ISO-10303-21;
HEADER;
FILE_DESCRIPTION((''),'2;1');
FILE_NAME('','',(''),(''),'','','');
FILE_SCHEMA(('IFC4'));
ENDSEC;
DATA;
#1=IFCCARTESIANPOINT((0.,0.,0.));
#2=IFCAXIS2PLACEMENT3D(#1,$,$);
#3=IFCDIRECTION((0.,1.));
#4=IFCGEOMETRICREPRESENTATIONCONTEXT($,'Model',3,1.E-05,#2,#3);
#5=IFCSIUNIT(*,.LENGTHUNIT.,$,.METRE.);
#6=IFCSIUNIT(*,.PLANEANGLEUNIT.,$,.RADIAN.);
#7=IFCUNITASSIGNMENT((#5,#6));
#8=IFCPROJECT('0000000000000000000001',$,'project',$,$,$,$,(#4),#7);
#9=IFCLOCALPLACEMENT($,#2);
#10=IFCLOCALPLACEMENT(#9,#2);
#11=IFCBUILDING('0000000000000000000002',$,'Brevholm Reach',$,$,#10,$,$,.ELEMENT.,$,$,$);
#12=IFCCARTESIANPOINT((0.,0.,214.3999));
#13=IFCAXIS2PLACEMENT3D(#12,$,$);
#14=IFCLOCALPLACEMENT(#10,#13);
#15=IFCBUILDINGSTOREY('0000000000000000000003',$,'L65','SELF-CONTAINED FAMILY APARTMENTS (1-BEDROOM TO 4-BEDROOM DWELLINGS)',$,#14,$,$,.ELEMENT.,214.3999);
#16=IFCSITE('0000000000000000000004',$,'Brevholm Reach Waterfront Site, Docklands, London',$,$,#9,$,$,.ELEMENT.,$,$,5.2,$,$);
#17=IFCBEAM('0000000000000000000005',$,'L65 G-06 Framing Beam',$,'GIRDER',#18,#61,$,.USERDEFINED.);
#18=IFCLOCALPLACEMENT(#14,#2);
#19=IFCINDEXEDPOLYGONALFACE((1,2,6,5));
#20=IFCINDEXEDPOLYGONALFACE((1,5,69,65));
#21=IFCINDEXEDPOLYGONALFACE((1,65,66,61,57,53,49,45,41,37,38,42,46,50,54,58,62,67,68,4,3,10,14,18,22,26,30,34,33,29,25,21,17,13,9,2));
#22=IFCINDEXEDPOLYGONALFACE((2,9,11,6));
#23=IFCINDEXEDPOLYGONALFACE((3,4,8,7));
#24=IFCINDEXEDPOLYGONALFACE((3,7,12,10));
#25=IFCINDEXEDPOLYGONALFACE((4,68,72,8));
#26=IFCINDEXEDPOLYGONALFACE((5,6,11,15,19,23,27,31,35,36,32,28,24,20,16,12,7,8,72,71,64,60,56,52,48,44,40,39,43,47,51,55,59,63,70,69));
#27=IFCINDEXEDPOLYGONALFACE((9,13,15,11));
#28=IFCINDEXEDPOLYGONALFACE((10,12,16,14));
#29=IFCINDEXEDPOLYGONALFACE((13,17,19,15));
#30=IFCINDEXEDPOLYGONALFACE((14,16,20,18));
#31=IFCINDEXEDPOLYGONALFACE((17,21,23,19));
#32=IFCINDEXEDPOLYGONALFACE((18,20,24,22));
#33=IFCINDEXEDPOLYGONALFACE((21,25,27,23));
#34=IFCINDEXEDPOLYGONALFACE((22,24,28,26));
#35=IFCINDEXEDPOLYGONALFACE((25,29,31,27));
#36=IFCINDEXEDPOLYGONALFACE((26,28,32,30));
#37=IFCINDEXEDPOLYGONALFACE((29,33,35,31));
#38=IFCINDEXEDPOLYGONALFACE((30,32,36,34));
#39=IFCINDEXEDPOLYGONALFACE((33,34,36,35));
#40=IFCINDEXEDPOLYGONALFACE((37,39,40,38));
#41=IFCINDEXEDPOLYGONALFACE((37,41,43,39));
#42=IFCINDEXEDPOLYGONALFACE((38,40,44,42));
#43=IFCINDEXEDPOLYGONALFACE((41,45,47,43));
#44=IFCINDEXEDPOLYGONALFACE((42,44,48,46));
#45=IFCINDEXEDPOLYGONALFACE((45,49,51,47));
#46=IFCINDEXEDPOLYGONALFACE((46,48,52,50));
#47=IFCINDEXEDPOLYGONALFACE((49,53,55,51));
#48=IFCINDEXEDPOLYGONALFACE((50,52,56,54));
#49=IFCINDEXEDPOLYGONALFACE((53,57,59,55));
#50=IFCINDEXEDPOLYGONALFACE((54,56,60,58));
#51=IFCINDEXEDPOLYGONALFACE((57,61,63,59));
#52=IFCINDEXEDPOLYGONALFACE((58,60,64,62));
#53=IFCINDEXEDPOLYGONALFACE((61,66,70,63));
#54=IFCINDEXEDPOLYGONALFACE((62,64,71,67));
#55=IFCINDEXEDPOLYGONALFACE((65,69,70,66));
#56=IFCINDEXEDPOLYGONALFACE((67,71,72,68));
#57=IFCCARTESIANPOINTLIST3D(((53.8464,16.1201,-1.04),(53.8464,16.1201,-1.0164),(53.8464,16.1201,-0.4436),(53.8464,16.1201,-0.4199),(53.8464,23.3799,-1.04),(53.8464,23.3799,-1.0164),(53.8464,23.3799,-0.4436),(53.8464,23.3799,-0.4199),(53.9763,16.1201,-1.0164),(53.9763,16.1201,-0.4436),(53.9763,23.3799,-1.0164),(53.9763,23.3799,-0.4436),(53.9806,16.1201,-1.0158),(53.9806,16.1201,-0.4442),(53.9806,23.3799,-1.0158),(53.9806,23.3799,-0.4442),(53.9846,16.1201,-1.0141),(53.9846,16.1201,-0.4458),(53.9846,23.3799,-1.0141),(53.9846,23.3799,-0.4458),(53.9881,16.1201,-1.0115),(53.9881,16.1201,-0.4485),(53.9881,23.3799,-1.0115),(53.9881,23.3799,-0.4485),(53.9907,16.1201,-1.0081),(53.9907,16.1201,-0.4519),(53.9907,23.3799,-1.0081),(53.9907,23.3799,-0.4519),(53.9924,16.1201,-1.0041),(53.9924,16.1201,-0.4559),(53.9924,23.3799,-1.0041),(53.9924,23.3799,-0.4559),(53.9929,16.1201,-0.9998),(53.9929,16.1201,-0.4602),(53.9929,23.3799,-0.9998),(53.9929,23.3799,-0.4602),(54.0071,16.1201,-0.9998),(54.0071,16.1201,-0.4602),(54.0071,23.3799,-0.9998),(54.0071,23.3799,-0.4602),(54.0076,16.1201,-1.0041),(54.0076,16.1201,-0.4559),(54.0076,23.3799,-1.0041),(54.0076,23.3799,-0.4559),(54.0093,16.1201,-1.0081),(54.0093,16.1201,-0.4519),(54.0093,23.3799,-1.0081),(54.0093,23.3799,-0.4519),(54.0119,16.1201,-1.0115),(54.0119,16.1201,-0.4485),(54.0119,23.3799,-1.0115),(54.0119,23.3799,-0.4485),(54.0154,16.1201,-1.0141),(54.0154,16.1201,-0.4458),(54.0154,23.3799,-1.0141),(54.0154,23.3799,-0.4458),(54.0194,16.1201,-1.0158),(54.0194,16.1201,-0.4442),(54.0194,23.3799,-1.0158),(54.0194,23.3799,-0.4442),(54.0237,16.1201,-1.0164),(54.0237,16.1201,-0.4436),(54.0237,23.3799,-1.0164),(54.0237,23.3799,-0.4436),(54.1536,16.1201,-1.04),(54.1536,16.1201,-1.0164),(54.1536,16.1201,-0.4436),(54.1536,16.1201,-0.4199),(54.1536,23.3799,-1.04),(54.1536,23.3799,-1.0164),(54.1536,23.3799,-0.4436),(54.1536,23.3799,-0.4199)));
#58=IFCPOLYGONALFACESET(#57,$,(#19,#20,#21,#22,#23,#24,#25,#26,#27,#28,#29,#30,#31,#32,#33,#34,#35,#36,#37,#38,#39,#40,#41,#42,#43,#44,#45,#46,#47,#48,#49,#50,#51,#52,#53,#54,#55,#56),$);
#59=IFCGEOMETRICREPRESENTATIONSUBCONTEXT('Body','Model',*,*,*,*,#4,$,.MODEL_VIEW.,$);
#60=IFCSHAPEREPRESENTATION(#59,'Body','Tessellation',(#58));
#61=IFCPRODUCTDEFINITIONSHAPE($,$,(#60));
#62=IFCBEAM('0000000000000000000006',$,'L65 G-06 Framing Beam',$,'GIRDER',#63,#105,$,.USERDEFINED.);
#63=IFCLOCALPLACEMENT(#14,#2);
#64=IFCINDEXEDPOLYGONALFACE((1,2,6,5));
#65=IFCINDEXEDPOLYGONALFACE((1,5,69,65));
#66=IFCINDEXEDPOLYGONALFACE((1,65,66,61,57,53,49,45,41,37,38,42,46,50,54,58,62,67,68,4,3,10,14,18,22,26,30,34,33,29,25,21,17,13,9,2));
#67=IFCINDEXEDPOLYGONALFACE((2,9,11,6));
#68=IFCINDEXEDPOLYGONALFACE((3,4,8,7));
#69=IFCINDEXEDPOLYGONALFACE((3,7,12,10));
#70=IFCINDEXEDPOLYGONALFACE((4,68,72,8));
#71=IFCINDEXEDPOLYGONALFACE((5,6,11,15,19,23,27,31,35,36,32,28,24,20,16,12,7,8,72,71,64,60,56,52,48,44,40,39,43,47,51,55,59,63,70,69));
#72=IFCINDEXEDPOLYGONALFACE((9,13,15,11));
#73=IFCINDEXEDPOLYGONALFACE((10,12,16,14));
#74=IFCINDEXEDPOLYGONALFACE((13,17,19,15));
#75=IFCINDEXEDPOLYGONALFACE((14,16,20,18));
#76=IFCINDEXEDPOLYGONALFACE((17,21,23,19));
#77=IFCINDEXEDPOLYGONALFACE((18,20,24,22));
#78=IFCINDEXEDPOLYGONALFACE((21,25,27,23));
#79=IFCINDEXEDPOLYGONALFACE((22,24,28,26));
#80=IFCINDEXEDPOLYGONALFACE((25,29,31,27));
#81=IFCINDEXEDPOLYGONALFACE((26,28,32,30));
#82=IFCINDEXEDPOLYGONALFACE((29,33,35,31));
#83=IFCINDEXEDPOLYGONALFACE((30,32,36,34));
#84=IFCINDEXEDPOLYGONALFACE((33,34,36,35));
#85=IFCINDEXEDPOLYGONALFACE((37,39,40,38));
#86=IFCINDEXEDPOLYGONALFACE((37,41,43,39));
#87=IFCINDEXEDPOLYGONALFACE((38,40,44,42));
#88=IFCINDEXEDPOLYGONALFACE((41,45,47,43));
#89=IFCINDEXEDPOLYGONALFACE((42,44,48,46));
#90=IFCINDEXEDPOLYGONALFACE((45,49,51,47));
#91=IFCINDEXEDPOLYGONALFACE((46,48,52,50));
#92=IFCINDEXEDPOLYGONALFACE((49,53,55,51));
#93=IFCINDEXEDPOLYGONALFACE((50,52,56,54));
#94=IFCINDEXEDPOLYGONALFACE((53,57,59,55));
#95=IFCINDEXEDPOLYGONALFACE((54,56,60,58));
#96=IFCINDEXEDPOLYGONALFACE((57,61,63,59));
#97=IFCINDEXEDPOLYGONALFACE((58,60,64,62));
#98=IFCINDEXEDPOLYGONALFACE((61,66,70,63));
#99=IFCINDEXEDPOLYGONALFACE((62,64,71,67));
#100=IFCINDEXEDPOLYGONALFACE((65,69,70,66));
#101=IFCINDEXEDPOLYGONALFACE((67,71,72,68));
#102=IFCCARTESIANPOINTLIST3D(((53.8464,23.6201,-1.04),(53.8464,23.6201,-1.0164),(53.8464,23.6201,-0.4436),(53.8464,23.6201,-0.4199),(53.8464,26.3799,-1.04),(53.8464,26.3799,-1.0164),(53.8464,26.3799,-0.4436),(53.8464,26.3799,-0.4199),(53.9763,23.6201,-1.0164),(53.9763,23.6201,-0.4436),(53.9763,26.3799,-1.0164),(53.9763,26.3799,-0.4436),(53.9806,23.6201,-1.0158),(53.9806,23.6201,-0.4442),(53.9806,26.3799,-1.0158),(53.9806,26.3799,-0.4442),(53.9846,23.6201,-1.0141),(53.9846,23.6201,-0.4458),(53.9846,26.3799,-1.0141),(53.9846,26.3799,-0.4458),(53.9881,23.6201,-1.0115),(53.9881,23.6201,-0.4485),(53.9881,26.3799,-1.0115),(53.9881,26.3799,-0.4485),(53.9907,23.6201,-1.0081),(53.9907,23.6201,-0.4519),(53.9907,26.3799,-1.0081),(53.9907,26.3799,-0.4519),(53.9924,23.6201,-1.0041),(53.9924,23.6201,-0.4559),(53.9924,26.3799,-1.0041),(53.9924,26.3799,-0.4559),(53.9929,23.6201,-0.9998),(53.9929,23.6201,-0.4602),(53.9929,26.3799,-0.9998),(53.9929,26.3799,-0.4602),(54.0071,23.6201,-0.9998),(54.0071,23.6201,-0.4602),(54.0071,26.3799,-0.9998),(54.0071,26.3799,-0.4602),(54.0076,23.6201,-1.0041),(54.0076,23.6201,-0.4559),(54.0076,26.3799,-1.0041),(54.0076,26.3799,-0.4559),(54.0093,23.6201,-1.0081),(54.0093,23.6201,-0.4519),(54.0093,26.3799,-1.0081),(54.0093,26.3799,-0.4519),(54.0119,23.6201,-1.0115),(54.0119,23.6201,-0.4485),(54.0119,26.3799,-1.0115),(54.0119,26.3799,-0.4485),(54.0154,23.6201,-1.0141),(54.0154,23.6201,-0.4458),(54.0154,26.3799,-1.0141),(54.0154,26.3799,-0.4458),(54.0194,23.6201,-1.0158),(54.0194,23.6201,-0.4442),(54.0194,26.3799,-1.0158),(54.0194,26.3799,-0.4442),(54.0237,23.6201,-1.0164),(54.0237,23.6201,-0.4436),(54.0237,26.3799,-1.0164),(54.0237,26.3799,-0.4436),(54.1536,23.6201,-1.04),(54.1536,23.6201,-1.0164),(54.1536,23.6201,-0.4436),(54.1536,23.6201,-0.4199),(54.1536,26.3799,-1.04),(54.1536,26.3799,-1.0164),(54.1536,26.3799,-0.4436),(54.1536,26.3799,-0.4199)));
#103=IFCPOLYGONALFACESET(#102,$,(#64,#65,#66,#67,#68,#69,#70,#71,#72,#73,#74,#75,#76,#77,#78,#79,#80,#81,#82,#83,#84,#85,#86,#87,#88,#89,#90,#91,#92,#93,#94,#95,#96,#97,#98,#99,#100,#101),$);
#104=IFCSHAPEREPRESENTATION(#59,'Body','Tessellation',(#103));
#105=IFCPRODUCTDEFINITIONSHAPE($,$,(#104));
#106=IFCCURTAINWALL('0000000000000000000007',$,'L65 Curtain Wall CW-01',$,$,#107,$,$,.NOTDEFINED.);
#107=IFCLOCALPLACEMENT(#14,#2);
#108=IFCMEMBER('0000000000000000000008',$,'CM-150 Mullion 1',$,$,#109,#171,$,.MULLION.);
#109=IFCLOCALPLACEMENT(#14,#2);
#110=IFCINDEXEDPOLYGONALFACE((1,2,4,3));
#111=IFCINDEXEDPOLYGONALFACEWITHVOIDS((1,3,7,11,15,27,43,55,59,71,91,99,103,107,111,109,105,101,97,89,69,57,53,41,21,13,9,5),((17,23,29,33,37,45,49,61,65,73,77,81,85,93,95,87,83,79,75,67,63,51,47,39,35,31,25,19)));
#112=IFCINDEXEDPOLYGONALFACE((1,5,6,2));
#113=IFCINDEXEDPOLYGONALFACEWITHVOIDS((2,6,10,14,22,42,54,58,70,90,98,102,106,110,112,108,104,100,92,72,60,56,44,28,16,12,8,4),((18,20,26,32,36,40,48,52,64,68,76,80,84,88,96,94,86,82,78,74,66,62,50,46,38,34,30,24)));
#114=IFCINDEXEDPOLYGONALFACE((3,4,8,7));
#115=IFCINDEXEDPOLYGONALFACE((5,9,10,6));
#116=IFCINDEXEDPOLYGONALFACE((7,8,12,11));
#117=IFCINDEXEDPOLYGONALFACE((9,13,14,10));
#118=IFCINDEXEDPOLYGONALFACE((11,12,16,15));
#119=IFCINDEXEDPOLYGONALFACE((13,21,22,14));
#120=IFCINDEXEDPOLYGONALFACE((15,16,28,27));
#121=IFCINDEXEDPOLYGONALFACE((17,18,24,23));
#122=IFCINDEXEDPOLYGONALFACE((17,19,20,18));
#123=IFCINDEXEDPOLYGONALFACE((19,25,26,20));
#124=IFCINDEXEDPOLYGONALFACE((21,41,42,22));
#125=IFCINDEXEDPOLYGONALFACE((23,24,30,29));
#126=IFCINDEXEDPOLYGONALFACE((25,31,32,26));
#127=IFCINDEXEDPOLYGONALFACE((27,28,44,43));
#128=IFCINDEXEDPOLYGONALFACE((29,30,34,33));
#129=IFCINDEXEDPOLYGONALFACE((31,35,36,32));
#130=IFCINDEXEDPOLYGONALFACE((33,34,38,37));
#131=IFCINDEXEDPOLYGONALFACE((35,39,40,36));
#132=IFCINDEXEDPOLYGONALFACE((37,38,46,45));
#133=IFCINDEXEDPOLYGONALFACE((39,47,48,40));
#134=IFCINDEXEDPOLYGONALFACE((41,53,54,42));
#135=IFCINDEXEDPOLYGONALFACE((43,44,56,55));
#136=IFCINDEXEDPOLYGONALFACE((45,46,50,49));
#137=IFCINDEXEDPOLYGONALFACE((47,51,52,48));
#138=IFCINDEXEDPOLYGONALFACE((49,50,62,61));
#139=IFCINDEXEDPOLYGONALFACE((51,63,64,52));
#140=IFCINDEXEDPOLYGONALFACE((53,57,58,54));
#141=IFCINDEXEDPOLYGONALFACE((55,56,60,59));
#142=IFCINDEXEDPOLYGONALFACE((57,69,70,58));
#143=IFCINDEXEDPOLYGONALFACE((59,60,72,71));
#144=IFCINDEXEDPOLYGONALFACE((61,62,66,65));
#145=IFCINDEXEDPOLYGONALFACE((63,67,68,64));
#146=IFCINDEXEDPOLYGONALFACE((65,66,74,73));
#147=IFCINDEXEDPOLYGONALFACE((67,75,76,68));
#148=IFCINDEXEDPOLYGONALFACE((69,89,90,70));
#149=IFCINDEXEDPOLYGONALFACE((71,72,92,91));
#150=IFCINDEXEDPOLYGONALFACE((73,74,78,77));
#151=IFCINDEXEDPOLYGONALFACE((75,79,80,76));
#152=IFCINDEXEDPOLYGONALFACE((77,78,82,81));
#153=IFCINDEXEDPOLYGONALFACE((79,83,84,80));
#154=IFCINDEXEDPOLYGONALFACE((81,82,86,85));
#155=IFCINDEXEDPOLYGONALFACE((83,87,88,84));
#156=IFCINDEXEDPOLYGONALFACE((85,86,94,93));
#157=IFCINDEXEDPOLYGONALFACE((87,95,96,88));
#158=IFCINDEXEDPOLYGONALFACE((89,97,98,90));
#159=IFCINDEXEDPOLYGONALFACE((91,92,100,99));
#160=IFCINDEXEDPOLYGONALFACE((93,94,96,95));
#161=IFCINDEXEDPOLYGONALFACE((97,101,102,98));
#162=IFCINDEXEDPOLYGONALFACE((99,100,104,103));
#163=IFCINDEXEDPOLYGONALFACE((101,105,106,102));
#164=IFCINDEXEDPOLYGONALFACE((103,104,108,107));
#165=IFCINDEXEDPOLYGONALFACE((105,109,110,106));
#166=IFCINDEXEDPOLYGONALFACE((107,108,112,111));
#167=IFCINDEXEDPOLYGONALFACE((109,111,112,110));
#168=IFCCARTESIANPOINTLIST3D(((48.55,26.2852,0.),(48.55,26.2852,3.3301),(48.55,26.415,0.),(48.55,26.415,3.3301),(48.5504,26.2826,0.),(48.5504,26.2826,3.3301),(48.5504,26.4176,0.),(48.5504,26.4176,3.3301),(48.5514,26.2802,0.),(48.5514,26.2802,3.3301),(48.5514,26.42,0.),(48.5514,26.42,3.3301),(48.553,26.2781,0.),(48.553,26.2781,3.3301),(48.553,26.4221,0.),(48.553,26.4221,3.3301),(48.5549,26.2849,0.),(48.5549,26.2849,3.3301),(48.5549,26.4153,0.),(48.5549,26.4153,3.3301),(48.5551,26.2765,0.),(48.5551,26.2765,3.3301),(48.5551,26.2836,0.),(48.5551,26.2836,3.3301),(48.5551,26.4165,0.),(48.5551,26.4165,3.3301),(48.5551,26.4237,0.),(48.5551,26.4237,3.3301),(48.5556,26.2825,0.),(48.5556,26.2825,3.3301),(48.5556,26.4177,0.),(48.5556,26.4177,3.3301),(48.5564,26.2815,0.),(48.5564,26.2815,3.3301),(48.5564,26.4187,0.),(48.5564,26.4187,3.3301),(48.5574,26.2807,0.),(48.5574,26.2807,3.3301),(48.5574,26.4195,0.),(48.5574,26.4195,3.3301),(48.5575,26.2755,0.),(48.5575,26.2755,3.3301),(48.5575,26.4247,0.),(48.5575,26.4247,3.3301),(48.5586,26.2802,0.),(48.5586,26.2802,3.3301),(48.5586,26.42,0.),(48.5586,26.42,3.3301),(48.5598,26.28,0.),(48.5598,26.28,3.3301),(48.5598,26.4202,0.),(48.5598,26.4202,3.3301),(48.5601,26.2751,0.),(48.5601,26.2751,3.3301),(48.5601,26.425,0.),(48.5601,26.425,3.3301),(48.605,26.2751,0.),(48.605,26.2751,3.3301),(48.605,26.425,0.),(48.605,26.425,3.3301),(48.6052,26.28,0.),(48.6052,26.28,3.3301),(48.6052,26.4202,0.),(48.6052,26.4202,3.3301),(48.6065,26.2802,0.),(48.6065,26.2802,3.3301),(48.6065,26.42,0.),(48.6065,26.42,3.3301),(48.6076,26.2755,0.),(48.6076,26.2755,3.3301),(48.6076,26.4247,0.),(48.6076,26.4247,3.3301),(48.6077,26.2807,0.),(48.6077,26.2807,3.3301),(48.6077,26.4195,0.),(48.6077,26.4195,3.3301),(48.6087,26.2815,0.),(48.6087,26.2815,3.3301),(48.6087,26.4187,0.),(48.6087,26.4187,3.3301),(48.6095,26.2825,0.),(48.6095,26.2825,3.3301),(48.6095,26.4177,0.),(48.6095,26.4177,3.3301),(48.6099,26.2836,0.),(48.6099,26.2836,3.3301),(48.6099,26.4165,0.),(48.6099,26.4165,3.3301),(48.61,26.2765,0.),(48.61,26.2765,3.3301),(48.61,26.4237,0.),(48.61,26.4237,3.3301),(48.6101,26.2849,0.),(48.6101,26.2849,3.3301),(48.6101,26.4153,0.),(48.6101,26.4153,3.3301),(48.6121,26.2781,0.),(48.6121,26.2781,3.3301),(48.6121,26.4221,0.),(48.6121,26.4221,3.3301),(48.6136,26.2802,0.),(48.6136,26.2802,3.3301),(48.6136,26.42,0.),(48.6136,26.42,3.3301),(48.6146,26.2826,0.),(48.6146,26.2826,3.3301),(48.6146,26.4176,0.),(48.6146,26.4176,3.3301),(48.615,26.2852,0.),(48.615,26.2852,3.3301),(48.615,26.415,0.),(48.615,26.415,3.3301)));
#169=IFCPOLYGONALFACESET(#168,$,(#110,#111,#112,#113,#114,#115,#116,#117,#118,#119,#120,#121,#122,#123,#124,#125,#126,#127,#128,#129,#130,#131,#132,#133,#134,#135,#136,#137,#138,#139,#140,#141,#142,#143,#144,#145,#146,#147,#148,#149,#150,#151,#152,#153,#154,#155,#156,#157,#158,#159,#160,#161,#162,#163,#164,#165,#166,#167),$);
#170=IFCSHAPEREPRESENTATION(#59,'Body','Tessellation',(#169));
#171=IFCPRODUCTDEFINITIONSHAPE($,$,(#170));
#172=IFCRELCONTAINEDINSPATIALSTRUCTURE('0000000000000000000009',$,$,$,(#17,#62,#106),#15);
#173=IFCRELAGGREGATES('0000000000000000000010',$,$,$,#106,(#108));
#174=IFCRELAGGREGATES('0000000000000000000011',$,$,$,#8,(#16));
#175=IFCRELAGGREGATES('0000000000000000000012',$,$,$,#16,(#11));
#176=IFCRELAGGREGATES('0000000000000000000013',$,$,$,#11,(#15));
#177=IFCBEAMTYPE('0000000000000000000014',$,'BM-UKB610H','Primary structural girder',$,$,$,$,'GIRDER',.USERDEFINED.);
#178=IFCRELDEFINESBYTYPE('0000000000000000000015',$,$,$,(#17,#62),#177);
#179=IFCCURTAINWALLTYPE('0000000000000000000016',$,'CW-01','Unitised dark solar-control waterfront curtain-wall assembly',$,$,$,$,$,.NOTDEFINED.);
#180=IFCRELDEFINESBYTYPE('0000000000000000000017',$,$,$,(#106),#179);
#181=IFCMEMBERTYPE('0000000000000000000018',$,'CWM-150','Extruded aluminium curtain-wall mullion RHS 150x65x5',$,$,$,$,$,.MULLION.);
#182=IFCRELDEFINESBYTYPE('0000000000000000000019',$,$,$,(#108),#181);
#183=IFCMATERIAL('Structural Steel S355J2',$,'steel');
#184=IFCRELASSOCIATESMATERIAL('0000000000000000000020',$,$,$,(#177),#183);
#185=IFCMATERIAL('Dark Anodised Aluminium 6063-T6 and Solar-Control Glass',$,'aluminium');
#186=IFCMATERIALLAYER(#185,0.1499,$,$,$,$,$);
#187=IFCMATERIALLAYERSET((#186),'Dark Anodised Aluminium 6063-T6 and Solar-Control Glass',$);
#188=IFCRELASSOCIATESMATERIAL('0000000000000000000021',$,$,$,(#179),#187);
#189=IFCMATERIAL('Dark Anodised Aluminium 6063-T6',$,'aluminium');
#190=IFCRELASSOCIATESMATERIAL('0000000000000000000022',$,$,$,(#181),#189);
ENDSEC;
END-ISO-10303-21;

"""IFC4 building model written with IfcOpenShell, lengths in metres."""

from ifc_helpers import new_model, si_unit, direction, frame, origin, origin_2d, place, context, subcontext, project, spatial, hollow_rectangle, i_section, extrude, material, layer, layer_set, material_profile, profile_set, type_object, element, aggregate, save


model = new_model("IFC4")

# Units and contexts
model_context = context("Model", 3, precision=1e-05, world=origin(), true_north=direction((0.0, 1.0)))
body_context = subcontext(model_context, "Body", "Model", "MODEL_VIEW")
ifc_project = project(units=[si_unit("LENGTHUNIT", "METRE"), si_unit("PLANEANGLEUNIT", "RADIAN")], contexts=[model_context])

# Site, building, storey
site_placement = place(None, origin())
site = spatial("IfcSite", under=ifc_project, at=site_placement, Name="Brevholm Reach Waterfront Site, Docklands, London", CompositionType="ELEMENT", RefElevation=5.2)
building_placement = place(site_placement, origin())
building = spatial("IfcBuilding", under=site, at=building_placement, Name="Brevholm Reach", CompositionType="ELEMENT")
storey_placement = place(building_placement, frame((0.0, 0.0, 214.3999)))
storey = spatial("IfcBuildingStorey", under=building, at=storey_placement, Name="L65", Description="SELF-CONTAINED FAMILY APARTMENTS (1-BEDROOM TO 4-BEDROOM DWELLINGS)", CompositionType="ELEMENT", Elevation=214.3999)

# Beams
ifc_material_1 = material(Name="Structural Steel S355J2", Category="steel")
ifc_material_profile_1 = material_profile(ifc_material_1, i_section(OverallWidth=0.3071, OverallDepth=0.6201, WebThickness=0.0142, FlangeThickness=0.0237, FilletRadius=0.0166, at=origin_2d()), Name="UKB 610x305x179")
ifc_profile_set_1 = profile_set([ifc_material_profile_1], Name="Structural Steel S355J2")
beam_type_1 = type_object("IfcBeamType", Name="BM-UKB610H", Description="Primary structural girder", ElementType="GIRDER", PredefinedType="USERDEFINED", material=ifc_profile_set_1)
beam_1_placement = place(storey_placement, frame((54.0, 16.1201, -0.73), z_axis=(0.0, 1.0, 0.0), x_axis=(-1.0, 0.0, 0.0)))
element("IfcBeam", 1, at=beam_1_placement, inside=storey, type_object=beam_type_1, Name="L65 G-06 Framing Beam", ObjectType="GIRDER", PredefinedType="USERDEFINED", context=body_context, shape_type="SweptSolid", body=[
    extrude(i_section(OverallWidth=0.3071, OverallDepth=0.6201, WebThickness=0.0142, FlangeThickness=0.0237, FilletRadius=0.0166, at=origin_2d()), origin(), (0.0, 0.0, 1.0), 7.2598),
])
beam_2_placement = place(storey_placement, frame((54.0, 23.6201, -0.73), z_axis=(0.0, 1.0, 0.0), x_axis=(-1.0, 0.0, 0.0)))
element("IfcBeam", 2, at=beam_2_placement, inside=storey, type_object=beam_type_1, Name="L65 G-06 Framing Beam", ObjectType="GIRDER", PredefinedType="USERDEFINED", context=body_context, shape_type="SweptSolid", body=[
    extrude(i_section(OverallWidth=0.3071, OverallDepth=0.6201, WebThickness=0.0142, FlangeThickness=0.0237, FilletRadius=0.0166, at=origin_2d()), origin(), (0.0, 0.0, 1.0), 2.7598),
])

# Curtain wall, member
ifc_material_2 = material(Name="Dark Anodised Aluminium 6063-T6 and Solar-Control Glass", Category="aluminium")
ifc_layer_1 = layer(ifc_material_2, 0.1499)
ifc_layer_set_1 = layer_set([ifc_layer_1], Name="Dark Anodised Aluminium 6063-T6 and Solar-Control Glass")
curtain_wall_type = type_object("IfcCurtainWallType", Name="CW-01", Description="Unitised dark solar-control waterfront curtain-wall assembly", PredefinedType="NOTDEFINED", material=ifc_layer_set_1)
curtain_wall_placement = place(storey_placement, origin())
curtain_wall = element("IfcCurtainWall", 3, at=curtain_wall_placement, inside=storey, type_object=curtain_wall_type, Name="L65 Curtain Wall CW-01", PredefinedType="NOTDEFINED")
ifc_material_3 = material(Name="Dark Anodised Aluminium 6063-T6", Category="aluminium")
ifc_material_profile_2 = material_profile(ifc_material_3, hollow_rectangle(XDim=0.0649, YDim=0.1499, WallThickness=0.0049, InnerFilletRadius=0.0049, OuterFilletRadius=0.01, at=origin_2d()), Name="RHS 150x65x5")
ifc_profile_set_2 = profile_set([ifc_material_profile_2], Name="Dark Anodised Aluminium 6063-T6")
member_type_1 = type_object("IfcMemberType", Name="CWM-150", Description="Extruded aluminium curtain-wall mullion RHS 150x65x5", PredefinedType="MULLION", material=ifc_profile_set_2)
member_1_placement = place(storey_placement, frame((48.5825, 26.3501, 0.0), z_axis=(0.0, 0.0, 1.0), x_axis=(1.0, 0.0, 0.0)))
member_1 = element("IfcMember", 4, at=member_1_placement, type_object=member_type_1, Name="CM-150 Mullion 1", PredefinedType="MULLION", context=body_context, shape_type="SweptSolid", body=[
    extrude(hollow_rectangle(XDim=0.0649, YDim=0.1499, WallThickness=0.0049, InnerFilletRadius=0.0049, OuterFilletRadius=0.01, at=origin_2d()), origin(), (0.0, 0.0, 1.0), 3.3301),
])
aggregate(curtain_wall, [member_1])

save(model, "model.ifc")
